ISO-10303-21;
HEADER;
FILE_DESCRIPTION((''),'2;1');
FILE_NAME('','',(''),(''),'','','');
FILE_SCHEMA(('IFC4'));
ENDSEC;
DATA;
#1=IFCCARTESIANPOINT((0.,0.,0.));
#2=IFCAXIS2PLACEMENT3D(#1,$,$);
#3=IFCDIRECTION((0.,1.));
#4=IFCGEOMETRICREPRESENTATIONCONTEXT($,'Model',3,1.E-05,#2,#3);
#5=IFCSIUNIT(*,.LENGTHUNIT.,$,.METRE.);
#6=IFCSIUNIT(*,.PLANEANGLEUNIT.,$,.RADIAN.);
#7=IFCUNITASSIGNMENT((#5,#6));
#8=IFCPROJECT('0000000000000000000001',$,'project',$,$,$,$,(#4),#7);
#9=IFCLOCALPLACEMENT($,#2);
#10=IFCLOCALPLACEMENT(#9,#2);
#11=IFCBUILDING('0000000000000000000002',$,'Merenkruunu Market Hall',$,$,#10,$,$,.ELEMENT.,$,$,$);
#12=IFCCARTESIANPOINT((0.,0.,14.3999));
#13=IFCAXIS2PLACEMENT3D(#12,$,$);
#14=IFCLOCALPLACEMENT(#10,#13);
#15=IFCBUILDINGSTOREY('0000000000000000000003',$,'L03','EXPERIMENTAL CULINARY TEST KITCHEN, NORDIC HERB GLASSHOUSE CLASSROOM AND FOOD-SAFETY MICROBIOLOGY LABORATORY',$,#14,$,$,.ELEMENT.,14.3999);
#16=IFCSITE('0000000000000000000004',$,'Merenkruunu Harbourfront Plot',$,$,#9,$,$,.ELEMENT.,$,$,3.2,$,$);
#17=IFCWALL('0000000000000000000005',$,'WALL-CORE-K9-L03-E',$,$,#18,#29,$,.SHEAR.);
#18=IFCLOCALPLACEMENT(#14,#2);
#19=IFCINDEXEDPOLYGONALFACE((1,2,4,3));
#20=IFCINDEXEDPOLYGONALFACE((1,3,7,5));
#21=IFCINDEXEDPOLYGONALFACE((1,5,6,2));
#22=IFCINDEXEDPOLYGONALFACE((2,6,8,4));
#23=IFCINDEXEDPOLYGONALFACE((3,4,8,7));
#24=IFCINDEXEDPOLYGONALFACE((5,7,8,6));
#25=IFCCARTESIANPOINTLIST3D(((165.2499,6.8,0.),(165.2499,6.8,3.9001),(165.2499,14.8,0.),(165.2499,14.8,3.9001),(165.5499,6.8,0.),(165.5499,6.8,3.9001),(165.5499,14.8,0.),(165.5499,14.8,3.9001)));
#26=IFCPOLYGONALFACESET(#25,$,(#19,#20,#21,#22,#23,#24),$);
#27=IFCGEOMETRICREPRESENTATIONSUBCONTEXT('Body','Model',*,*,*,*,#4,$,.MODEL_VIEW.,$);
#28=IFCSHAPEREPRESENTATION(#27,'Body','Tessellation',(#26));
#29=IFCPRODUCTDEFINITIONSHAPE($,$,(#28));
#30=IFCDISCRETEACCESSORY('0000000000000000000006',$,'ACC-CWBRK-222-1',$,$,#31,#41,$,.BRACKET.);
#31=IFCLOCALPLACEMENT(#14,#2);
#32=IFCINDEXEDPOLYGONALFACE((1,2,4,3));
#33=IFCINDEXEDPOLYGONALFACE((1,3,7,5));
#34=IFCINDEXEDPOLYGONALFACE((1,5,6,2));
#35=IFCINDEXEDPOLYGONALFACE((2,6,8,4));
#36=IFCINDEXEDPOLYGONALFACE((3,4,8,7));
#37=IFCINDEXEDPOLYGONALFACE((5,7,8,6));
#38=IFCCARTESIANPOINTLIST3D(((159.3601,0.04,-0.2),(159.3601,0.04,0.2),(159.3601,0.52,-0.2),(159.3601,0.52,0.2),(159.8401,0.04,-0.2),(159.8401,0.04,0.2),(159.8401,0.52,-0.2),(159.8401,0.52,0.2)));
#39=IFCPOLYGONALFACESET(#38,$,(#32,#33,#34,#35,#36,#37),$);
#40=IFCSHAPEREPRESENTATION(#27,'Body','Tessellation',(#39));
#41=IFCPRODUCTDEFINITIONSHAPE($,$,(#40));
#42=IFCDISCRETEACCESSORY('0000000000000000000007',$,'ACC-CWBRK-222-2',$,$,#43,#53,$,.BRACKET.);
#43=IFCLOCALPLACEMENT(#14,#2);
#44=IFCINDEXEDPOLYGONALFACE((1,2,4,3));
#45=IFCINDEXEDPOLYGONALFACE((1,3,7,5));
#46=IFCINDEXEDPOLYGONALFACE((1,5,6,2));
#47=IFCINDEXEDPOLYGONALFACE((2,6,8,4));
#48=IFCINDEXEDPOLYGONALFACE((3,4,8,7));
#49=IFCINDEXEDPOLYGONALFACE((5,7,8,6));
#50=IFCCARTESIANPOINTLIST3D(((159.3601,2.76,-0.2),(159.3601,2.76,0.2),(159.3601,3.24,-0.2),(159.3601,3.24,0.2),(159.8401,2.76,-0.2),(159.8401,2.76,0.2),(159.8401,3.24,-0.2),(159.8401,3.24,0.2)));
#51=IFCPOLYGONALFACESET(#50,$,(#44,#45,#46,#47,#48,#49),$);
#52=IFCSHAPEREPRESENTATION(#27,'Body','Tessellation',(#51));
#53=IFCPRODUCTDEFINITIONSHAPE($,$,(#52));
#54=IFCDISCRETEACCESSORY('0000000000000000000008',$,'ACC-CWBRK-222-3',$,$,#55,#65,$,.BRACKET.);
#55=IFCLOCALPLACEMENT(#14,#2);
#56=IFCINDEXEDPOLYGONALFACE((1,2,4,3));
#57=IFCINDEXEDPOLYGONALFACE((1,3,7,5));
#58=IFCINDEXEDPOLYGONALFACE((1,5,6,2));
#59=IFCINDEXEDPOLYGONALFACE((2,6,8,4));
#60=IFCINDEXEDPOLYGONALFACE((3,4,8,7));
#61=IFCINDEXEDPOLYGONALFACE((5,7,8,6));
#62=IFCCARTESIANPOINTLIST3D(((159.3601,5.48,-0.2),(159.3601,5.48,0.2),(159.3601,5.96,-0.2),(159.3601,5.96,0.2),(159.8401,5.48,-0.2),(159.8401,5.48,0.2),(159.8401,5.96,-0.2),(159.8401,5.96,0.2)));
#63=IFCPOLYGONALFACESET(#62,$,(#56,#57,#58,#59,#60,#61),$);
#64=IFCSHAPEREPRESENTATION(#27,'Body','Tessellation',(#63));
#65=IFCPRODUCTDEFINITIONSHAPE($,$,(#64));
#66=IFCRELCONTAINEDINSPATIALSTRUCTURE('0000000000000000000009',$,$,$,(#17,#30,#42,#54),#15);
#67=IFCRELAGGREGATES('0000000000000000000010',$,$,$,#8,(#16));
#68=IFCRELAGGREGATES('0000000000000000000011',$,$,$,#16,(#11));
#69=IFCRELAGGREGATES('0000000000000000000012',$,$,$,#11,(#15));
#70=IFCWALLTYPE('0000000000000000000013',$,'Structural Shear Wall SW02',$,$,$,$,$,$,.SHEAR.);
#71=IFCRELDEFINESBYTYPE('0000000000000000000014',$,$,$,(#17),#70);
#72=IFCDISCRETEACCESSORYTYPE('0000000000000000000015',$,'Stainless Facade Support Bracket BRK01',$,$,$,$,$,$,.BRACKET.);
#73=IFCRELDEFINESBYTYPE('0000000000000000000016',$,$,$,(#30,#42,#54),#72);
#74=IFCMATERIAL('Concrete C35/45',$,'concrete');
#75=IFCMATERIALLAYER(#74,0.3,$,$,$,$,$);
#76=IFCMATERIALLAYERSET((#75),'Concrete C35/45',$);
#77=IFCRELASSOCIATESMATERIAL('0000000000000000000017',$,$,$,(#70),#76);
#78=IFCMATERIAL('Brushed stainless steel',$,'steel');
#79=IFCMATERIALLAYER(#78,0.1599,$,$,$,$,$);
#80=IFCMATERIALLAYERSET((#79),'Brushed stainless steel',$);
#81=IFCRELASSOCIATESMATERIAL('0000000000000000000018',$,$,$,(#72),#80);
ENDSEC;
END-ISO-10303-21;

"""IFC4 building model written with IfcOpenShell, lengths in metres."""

from ifc_helpers import new_model, si_unit, direction, frame, frame_2d, origin, origin_2d, place, context, subcontext, project, spatial, rectangle, extrude, material, layer, layer_set, type_object, element, save


model = new_model("IFC4")

# Units and contexts
model_context = context("Model", 3, precision=1e-05, world=origin(), true_north=direction((0.0, 1.0)))
body_context = subcontext(model_context, "Body", "Model", "MODEL_VIEW")
ifc_project = project(units=[si_unit("LENGTHUNIT", "METRE"), si_unit("PLANEANGLEUNIT", "RADIAN")], contexts=[model_context])

# Site, building, storey
site_placement = place(None, origin())
site = spatial("IfcSite", under=ifc_project, at=site_placement, Name="Merenkruunu Harbourfront Plot", CompositionType="ELEMENT", RefElevation=3.2)
building_placement = place(site_placement, origin())
building = spatial("IfcBuilding", under=site, at=building_placement, Name="Merenkruunu Market Hall", CompositionType="ELEMENT")
storey_placement = place(building_placement, frame((0.0, 0.0, 14.3999)))
storey = spatial("IfcBuildingStorey", under=building, at=storey_placement, Name="L03", Description="EXPERIMENTAL CULINARY TEST KITCHEN, NORDIC HERB GLASSHOUSE CLASSROOM AND FOOD-SAFETY MICROBIOLOGY LABORATORY", CompositionType="ELEMENT", Elevation=14.3999)

# Shared definitions
ifc_material_1 = material(Name="Concrete C35/45", Category="concrete")
ifc_layer_1 = layer(ifc_material_1, 0.3)
ifc_layer_set_1 = layer_set([ifc_layer_1], Name="Concrete C35/45")
wall_type_1 = type_object("IfcWallType", Name="Structural Shear Wall SW02", PredefinedType="SHEAR", material=ifc_layer_set_1)

# Wall
wall_1_placement = place(storey_placement, frame((165.3999, 6.8, 0.0), z_axis=(0.0, 0.0, 1.0), x_axis=(0.0, 1.0, 0.0)))
element("IfcWall", 1, at=wall_1_placement, inside=storey, type_object=wall_type_1, Name="WALL-CORE-K9-L03-E", PredefinedType="SHEAR", context=body_context, shape_type="SweptSolid", body=[
    extrude(rectangle(XDim=8.0, YDim=0.3, at=frame_2d((4.0, 0.0))), origin(), (0.0, 0.0, 1.0), 3.9001),
])

# Shared definitions
ifc_material_2 = material(Name="Brushed stainless steel", Category="steel")

# Discrete accessories
ifc_layer_2 = layer(ifc_material_2, 0.1599)
ifc_layer_set_2 = layer_set([ifc_layer_2], Name="Brushed stainless steel")
discrete_accessory_type = type_object("IfcDiscreteAccessoryType", Name="Stainless Facade Support Bracket BRK01", PredefinedType="BRACKET", material=ifc_layer_set_2)
for number, where, z_axis, x_axis, name in (
    (2, (159.6001, 0.28, -0.2), (0.0, 0.0, 1.0), (1.0, 0.0, 0.0), "ACC-CWBRK-222-1"),
    (3, (159.6001, 3.0, -0.2), (0.0, 0.0, 1.0), (1.0, 0.0, 0.0), "ACC-CWBRK-222-2"),
    (4, (159.6001, 5.72, -0.2), (0.0, 0.0, 1.0), (1.0, 0.0, 0.0), "ACC-CWBRK-222-3"),
):
    element("IfcDiscreteAccessory", number, at=place(storey_placement, frame(where, z_axis=z_axis, x_axis=x_axis)), inside=storey, type_object=discrete_accessory_type, Name=name, PredefinedType="BRACKET", context=body_context, shape_type="SweptSolid", body=[
        extrude(rectangle(XDim=0.48, YDim=0.48, at=origin_2d()), origin(), (0.0, 0.0, 1.0), 0.3999),
    ])

save(model, "model.ifc")
